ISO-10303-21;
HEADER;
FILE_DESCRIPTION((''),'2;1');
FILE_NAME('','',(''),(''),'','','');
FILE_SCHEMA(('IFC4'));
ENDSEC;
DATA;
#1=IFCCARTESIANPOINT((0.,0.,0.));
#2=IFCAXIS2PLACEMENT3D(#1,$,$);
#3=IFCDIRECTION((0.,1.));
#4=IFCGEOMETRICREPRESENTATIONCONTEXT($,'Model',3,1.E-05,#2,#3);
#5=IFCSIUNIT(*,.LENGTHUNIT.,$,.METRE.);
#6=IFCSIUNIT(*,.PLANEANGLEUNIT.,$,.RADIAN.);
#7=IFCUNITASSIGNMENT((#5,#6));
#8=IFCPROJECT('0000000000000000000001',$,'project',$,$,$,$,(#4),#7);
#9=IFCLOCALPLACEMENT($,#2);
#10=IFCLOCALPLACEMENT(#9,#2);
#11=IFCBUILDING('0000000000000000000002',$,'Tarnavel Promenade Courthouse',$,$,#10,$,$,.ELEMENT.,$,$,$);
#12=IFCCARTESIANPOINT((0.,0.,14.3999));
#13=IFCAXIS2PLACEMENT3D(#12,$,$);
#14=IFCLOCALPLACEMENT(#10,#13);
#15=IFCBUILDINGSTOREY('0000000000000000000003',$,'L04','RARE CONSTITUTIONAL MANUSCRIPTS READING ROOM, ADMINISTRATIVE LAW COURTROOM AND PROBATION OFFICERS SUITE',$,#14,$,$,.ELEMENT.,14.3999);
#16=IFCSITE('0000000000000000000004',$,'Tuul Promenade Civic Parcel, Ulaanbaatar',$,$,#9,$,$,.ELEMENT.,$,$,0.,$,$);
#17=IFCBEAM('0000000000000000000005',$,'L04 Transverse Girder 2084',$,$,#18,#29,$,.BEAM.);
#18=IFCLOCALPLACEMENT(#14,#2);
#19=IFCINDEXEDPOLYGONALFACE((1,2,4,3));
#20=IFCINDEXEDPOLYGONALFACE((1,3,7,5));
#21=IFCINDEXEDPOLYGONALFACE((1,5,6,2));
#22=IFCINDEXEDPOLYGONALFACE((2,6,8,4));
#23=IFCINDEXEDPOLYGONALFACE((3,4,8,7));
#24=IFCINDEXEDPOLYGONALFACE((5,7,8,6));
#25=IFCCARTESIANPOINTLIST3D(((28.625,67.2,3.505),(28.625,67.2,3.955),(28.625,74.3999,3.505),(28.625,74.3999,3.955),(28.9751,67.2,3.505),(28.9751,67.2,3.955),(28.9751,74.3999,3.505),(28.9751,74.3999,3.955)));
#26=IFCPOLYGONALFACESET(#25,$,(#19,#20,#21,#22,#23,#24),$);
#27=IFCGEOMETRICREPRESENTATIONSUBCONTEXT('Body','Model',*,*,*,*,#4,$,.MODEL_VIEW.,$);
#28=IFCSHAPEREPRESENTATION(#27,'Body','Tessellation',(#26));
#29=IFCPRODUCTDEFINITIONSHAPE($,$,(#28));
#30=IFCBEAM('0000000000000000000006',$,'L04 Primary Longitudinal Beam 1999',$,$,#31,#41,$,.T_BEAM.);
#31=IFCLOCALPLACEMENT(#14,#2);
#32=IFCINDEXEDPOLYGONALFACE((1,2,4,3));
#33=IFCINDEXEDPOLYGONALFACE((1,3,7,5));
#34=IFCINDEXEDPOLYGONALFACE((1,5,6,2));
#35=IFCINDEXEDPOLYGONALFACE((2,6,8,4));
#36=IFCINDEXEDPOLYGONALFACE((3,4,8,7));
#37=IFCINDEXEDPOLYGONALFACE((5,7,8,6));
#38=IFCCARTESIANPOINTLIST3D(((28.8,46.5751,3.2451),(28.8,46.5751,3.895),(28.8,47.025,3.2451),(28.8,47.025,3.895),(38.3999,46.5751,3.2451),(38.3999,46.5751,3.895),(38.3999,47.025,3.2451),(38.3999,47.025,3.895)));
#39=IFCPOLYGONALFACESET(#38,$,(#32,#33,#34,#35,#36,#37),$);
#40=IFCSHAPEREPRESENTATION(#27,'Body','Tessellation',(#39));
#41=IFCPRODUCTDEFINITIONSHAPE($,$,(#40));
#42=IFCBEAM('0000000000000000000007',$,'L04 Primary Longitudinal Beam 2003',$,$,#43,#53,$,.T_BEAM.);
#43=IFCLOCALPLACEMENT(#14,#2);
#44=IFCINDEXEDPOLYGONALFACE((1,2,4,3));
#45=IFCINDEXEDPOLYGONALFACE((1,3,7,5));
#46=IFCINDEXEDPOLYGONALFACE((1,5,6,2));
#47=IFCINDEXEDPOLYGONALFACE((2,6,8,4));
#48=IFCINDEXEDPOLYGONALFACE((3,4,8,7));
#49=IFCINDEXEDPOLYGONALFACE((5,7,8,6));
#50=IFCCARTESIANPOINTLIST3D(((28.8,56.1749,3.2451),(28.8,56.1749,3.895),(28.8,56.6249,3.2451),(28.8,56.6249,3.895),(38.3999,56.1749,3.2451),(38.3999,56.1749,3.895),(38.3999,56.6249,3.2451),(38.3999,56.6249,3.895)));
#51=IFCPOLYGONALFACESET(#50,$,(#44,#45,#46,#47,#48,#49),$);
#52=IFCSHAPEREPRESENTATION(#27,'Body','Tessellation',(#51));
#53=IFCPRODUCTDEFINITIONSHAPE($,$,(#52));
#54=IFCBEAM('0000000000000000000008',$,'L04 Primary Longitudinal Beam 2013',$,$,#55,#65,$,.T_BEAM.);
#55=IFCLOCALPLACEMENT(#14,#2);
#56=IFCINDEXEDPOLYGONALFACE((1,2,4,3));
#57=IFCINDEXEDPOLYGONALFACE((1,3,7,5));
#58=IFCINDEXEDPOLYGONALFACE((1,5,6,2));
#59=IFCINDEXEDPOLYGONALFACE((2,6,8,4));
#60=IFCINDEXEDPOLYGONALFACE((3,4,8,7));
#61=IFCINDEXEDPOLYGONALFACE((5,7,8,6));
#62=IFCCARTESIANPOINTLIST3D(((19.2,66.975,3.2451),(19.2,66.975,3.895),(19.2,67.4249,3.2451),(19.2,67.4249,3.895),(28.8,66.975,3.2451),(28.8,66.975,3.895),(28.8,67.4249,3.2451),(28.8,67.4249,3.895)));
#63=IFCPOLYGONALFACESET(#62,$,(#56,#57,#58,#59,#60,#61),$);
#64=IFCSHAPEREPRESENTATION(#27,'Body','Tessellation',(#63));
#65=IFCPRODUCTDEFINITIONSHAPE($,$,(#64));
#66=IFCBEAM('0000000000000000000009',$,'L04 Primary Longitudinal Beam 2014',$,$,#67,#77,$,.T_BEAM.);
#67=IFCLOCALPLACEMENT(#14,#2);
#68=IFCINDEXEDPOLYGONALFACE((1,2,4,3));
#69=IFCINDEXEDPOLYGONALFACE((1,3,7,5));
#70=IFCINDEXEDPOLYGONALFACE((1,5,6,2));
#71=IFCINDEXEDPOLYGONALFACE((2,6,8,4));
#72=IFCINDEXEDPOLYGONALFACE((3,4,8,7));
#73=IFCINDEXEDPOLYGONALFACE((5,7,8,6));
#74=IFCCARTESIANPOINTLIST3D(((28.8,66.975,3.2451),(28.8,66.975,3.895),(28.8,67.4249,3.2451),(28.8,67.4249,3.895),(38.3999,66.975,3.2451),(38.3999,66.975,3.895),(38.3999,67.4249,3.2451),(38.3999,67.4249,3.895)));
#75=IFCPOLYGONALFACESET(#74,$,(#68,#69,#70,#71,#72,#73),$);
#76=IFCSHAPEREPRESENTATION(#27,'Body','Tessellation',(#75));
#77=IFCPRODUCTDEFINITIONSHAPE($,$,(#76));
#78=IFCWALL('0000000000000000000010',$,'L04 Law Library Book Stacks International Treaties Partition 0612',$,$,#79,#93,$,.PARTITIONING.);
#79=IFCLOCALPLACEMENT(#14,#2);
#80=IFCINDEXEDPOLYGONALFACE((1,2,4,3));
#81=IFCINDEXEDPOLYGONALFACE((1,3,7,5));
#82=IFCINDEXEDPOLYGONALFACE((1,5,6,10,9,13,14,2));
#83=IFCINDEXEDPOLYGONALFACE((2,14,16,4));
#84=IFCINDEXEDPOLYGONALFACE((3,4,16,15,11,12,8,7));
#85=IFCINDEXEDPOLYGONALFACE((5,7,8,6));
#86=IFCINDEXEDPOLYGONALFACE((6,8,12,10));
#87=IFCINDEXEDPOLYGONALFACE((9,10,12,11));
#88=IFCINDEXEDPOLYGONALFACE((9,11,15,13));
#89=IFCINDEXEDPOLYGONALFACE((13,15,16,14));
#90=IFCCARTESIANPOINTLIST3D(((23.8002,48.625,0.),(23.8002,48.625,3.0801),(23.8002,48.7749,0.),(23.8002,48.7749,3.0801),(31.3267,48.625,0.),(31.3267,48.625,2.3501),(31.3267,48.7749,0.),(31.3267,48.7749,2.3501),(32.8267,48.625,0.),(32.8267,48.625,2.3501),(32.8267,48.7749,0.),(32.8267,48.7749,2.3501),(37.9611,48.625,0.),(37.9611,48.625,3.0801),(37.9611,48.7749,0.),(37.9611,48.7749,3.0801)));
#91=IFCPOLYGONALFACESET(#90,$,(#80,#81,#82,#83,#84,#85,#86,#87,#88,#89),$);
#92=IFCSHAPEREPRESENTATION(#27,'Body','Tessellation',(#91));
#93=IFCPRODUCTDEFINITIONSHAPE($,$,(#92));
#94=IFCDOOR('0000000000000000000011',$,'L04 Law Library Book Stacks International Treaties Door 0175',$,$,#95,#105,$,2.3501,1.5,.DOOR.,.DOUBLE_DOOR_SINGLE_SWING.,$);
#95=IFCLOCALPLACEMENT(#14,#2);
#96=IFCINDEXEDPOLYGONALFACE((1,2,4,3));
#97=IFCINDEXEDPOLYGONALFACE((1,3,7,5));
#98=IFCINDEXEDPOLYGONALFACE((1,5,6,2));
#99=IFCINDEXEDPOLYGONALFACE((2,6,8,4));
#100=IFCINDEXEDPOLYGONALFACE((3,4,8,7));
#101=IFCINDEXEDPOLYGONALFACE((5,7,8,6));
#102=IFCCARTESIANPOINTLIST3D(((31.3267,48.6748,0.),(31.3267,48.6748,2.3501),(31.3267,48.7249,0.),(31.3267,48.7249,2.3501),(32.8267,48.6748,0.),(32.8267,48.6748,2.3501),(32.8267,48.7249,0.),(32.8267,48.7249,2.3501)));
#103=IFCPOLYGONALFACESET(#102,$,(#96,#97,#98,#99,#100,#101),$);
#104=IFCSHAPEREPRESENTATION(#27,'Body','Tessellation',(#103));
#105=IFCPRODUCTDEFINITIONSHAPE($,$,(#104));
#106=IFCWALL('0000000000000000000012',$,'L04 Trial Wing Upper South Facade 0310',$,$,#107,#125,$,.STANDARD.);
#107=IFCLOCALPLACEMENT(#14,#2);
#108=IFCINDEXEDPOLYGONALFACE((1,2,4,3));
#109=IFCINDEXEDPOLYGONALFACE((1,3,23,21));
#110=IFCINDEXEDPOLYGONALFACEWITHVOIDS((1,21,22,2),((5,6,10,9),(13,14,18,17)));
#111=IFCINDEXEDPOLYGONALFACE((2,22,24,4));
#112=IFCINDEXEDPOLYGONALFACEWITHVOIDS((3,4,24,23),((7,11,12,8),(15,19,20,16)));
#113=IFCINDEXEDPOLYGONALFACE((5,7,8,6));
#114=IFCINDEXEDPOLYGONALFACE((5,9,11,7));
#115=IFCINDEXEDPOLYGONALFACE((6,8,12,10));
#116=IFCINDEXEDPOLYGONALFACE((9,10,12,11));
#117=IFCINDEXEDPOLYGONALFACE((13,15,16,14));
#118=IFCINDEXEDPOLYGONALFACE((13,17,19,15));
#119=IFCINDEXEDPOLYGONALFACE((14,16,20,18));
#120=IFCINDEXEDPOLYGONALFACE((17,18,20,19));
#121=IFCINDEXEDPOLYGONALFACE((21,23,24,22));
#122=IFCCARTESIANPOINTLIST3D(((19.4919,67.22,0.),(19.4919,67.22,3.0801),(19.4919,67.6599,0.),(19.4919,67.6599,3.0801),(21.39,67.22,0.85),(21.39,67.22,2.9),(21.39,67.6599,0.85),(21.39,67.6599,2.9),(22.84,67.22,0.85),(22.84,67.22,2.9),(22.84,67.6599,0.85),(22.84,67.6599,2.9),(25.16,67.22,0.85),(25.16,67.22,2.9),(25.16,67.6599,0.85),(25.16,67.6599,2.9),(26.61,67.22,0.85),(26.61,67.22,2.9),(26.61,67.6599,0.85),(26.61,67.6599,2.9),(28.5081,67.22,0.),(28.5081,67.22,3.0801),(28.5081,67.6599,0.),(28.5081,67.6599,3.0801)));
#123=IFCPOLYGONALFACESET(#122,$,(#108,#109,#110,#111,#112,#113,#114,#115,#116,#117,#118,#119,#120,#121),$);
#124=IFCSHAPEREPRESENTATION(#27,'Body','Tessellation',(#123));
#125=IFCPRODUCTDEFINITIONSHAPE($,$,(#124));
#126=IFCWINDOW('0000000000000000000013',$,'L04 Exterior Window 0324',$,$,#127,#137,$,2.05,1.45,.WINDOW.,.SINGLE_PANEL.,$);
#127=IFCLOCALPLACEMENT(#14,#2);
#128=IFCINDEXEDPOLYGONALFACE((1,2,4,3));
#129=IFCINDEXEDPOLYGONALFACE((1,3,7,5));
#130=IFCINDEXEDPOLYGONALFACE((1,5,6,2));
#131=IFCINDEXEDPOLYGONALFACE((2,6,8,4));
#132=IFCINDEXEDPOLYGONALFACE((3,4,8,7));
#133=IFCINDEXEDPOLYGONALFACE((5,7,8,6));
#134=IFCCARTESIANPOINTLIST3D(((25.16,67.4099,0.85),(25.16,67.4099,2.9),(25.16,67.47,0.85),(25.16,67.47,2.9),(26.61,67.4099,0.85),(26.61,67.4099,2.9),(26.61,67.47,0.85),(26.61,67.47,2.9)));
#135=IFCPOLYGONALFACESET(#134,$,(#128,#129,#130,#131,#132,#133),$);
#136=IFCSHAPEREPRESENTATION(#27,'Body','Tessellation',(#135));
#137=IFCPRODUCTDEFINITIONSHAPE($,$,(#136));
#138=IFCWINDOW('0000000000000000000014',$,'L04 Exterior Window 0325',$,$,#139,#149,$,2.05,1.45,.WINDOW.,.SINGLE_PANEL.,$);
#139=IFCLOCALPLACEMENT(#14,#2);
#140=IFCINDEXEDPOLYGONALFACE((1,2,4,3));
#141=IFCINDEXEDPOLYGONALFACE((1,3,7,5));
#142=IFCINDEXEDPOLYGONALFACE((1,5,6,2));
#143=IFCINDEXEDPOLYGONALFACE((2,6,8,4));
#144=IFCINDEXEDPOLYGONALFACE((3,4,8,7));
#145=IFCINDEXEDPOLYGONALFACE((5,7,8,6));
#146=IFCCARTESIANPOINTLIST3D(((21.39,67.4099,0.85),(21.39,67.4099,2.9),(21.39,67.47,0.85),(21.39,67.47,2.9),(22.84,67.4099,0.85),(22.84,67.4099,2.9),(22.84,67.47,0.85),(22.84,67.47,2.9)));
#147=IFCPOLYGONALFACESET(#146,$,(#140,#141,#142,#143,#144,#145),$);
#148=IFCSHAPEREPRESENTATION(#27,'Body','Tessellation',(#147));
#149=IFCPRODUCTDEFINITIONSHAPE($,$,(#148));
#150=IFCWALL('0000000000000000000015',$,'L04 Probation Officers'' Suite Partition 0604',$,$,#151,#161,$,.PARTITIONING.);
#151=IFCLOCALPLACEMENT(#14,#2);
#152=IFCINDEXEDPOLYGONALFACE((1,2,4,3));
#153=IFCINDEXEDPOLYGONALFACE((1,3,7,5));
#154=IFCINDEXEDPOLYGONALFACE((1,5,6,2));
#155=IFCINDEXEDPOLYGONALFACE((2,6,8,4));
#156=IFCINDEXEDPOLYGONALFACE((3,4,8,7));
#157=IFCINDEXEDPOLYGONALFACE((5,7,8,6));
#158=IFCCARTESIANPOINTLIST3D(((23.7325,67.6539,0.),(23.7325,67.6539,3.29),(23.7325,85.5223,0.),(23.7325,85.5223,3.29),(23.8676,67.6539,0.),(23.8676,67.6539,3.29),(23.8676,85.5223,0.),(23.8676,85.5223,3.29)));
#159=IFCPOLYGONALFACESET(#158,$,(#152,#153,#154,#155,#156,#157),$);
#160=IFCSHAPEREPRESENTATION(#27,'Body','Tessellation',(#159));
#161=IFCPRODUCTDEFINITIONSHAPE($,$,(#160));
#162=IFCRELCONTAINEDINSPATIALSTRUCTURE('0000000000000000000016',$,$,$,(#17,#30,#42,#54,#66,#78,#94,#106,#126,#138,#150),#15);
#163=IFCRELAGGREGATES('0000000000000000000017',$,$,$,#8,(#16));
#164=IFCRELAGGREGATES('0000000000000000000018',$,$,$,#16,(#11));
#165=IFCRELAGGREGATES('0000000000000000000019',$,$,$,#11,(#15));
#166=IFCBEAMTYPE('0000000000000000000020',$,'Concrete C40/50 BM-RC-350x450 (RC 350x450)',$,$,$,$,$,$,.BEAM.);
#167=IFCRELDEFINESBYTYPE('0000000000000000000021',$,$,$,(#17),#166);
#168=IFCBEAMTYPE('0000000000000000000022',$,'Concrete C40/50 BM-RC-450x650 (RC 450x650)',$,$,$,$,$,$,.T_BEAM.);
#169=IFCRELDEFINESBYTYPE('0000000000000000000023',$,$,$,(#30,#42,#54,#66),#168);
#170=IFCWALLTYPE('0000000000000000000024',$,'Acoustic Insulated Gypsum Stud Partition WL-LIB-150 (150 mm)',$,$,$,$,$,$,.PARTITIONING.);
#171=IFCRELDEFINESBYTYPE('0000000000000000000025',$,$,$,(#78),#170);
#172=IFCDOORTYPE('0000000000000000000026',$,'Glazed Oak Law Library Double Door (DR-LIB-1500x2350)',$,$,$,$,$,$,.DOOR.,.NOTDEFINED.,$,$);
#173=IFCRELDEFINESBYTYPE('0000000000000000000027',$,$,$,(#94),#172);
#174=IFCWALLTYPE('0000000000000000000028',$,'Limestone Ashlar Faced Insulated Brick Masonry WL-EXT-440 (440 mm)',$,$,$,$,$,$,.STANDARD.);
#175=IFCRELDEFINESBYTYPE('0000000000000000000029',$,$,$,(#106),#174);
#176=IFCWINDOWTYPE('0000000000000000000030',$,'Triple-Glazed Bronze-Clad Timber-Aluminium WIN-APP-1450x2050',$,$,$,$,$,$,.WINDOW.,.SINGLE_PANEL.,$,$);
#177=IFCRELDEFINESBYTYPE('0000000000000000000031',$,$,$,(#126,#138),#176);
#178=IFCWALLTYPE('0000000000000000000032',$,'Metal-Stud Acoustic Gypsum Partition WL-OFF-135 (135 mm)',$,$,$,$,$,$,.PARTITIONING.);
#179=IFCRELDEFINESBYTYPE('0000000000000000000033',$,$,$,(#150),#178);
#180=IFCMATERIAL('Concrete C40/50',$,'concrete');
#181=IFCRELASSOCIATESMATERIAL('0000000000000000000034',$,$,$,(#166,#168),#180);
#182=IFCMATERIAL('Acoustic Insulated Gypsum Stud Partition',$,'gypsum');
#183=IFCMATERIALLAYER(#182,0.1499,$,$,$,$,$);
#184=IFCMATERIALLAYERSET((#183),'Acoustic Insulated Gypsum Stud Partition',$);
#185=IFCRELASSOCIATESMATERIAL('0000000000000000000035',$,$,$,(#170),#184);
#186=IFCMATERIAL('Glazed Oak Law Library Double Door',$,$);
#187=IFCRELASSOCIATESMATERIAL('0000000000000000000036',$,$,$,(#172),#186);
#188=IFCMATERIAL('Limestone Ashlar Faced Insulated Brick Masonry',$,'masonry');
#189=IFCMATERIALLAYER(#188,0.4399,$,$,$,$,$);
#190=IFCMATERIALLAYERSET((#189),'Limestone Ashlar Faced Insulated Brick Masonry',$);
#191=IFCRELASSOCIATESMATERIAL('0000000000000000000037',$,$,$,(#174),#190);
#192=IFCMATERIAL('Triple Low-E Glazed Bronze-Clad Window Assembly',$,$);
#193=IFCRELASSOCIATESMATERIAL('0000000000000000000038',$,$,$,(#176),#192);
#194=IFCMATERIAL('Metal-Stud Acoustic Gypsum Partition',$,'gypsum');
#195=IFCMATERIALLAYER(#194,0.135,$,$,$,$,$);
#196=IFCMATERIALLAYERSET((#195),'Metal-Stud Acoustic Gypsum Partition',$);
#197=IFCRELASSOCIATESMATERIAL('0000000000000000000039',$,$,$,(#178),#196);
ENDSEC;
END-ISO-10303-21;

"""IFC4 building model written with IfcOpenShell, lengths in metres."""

from ifc_helpers import new_model, si_unit, direction, frame, frame_2d, origin, origin_2d, place, context, subcontext, project, spatial, rectangle, extrude, material, layer, layer_set, material_profile, profile_set, type_object, element, fill, save


model = new_model("IFC4")

# Units and contexts
model_context = context("Model", 3, precision=1e-05, world=origin(), true_north=direction((0.0, 1.0)))
body_context = subcontext(model_context, "Body", "Model", "MODEL_VIEW")
ifc_project = project(units=[si_unit("LENGTHUNIT", "METRE"), si_unit("PLANEANGLEUNIT", "RADIAN")], contexts=[model_context])

# Site, building, storey
site_placement = place(None, origin())
site = spatial("IfcSite", under=ifc_project, at=site_placement, Name="Tuul Promenade Civic Parcel, Ulaanbaatar", CompositionType="ELEMENT", RefElevation=0.0)
building_placement = place(site_placement, origin())
building = spatial("IfcBuilding", under=site, at=building_placement, Name="Tarnavel Promenade Courthouse", CompositionType="ELEMENT")
storey_placement = place(building_placement, frame((0.0, 0.0, 14.3999)))
storey = spatial("IfcBuildingStorey", under=building, at=storey_placement, Name="L04", Description="RARE CONSTITUTIONAL MANUSCRIPTS READING ROOM, ADMINISTRATIVE LAW COURTROOM AND PROBATION OFFICERS SUITE", CompositionType="ELEMENT", Elevation=14.3999)

# Shared definitions
ifc_material_1 = material(Name="Concrete C40/50", Category="concrete")

# Beams
ifc_material_profile_1 = material_profile(ifc_material_1, rectangle(XDim=0.3501, YDim=0.45, at=origin_2d()), Name="RC 350x450")
ifc_profile_set_1 = profile_set([ifc_material_profile_1], Name="Concrete C40/50")
beam_type_1 = type_object("IfcBeamType", Name="Concrete C40/50 BM-RC-350x450 (RC 350x450)", PredefinedType="BEAM", material=ifc_profile_set_1)
for number, where, z_axis, x_axis, name in (
    (1, (28.8, 67.2, 3.73), (0.0, 1.0, 0.0), (-1.0, 0.0, 0.0), "L04 Transverse Girder 2084"),
):
    element("IfcBeam", number, at=place(storey_placement, frame(where, z_axis=z_axis, x_axis=x_axis)), inside=storey, type_object=beam_type_1, Name=name, PredefinedType="BEAM", context=body_context, shape_type="SweptSolid", body=[
        extrude(rectangle(XDim=0.3501, YDim=0.45, at=origin_2d()), origin(), (0.0, 0.0, 1.0), 7.2),
    ])
ifc_material_profile_2 = material_profile(ifc_material_1, rectangle(XDim=0.45, YDim=0.6499, at=origin_2d()), Name="RC 450x650")
ifc_profile_set_2 = profile_set([ifc_material_profile_2], Name="Concrete C40/50")
beam_type_2 = type_object("IfcBeamType", Name="Concrete C40/50 BM-RC-450x650 (RC 450x650)", PredefinedType="T_BEAM", material=ifc_profile_set_2)
for number, where, z_axis, x_axis, name in (
    (2, (28.8, 46.8, 3.5701), (1.0, 0.0, 0.0), (0.0, 1.0, 0.0), "L04 Primary Longitudinal Beam 1999"),
    (3, (28.8, 56.3999, 3.5701), (1.0, 0.0, 0.0), (0.0, 1.0, 0.0), "L04 Primary Longitudinal Beam 2003"),
):
    element("IfcBeam", number, at=place(storey_placement, frame(where, z_axis=z_axis, x_axis=x_axis)), inside=storey, type_object=beam_type_2, Name=name, PredefinedType="T_BEAM", context=body_context, shape_type="SweptSolid", body=[
        extrude(rectangle(XDim=0.45, YDim=0.6499, at=origin_2d()), origin(), (0.0, 0.0, 1.0), 9.5999),
    ])
beam_1_placement = place(storey_placement, frame((19.2, 67.2, 3.5701), z_axis=(1.0, 0.0, 0.0), x_axis=(0.0, 1.0, 0.0)))
element("IfcBeam", 4, at=beam_1_placement, inside=storey, type_object=beam_type_2, Name="L04 Primary Longitudinal Beam 2013", PredefinedType="T_BEAM", context=body_context, shape_type="SweptSolid", body=[
    extrude(rectangle(XDim=0.45, YDim=0.6499, at=origin_2d()), origin(), (0.0, 0.0, 1.0), 9.6001),
])
beam_2_placement = place(storey_placement, frame((28.8, 67.2, 3.5701), z_axis=(1.0, 0.0, 0.0), x_axis=(0.0, 1.0, 0.0)))
element("IfcBeam", 5, at=beam_2_placement, inside=storey, type_object=beam_type_2, Name="L04 Primary Longitudinal Beam 2014", PredefinedType="T_BEAM", context=body_context, shape_type="SweptSolid", body=[
    extrude(rectangle(XDim=0.45, YDim=0.6499, at=origin_2d()), origin(), (0.0, 0.0, 1.0), 9.5999),
])

# Wall, opening, door
ifc_material_2 = material(Name="Acoustic Insulated Gypsum Stud Partition", Category="gypsum")
ifc_layer_1 = layer(ifc_material_2, 0.1499)
ifc_layer_set_1 = layer_set([ifc_layer_1], Name="Acoustic Insulated Gypsum Stud Partition")
wall_type_1 = type_object("IfcWallType", Name="Acoustic Insulated Gypsum Stud Partition WL-LIB-150 (150 mm)", PredefinedType="PARTITIONING", material=ifc_layer_set_1)
wall_1_placement = place(storey_placement, frame((23.8, 48.7, 0.0), z_axis=(0.0, 0.0, 1.0), x_axis=(1.0, 0.0, 0.0)))
wall_1 = element("IfcWall", 6, at=wall_1_placement, inside=storey, type_object=wall_type_1, Name="L04 Law Library Book Stacks International Treaties Partition 0612", PredefinedType="PARTITIONING", context=body_context, shape_type="SweptSolid", body=[
    extrude(rectangle(XDim=14.1609, YDim=0.1499, at=frame_2d((7.0806, 0.0))), origin(), (0.0, 0.0, 1.0), 3.0801),
])
opening_1_placement = place(wall_1_placement, frame((7.5266, 0.0, 0.0)))
opening_1 = element("IfcOpeningElement", 7, at=opening_1_placement, cuts=wall_1, PredefinedType="OPENING", context=body_context, shape_type="SweptSolid", body=[
    extrude(rectangle(XDim=1.5, YDim=2.3501, at=frame_2d((0.75, 1.175))), frame((0.0, 0.085, 0.0), z_axis=(0.0, -1.0, 0.0), x_axis=(1.0, 0.0, 0.0)), (0.0, 0.0, 1.0), 0.1699),
])
ifc_material_3 = material(Name="Glazed Oak Law Library Double Door")
door_type = type_object("IfcDoorType", Name="Glazed Oak Law Library Double Door (DR-LIB-1500x2350)", OperationType="NOTDEFINED", PredefinedType="DOOR", material=ifc_material_3)
door_placement = place(opening_1_placement, origin())
door = element("IfcDoor", 8, at=door_placement, inside=storey, type_object=door_type, Name="L04 Law Library Book Stacks International Treaties Door 0175", OperationType="DOUBLE_DOOR_SINGLE_SWING", OverallHeight=2.3501, OverallWidth=1.5, PredefinedType="DOOR", context=body_context, shape_type="SweptSolid", body=[
    extrude(rectangle(XDim=1.5, YDim=2.3501, at=frame_2d((0.75, 1.175))), frame((0.0, 0.0249, 0.0), z_axis=(0.0, -1.0, 0.0), x_axis=(1.0, 0.0, 0.0)), (0.0, 0.0, 1.0), 0.05),
])
fill(opening_1, door)

# Wall, openings, windows
ifc_material_4 = material(Name="Limestone Ashlar Faced Insulated Brick Masonry", Category="masonry")
ifc_layer_2 = layer(ifc_material_4, 0.4399)
ifc_layer_set_2 = layer_set([ifc_layer_2], Name="Limestone Ashlar Faced Insulated Brick Masonry")
wall_type_2 = type_object("IfcWallType", Name="Limestone Ashlar Faced Insulated Brick Masonry WL-EXT-440 (440 mm)", PredefinedType="STANDARD", material=ifc_layer_set_2)
wall_2_placement = place(storey_placement, frame((28.5081, 67.4399, 0.0), z_axis=(0.0, 0.0, 1.0), x_axis=(-1.0, 0.0, 0.0)))
wall_2 = element("IfcWall", 9, at=wall_2_placement, inside=storey, type_object=wall_type_2, Name="L04 Trial Wing Upper South Facade 0310", PredefinedType="STANDARD", context=body_context, shape_type="SweptSolid", body=[
    extrude(rectangle(XDim=9.0161, YDim=0.4399, at=frame_2d((4.5081, 0.0))), origin(), (0.0, 0.0, 1.0), 3.0801),
])
opening_2_placement = place(wall_2_placement, frame((1.8979, 0.0, 0.8501)))
opening_2 = element("IfcOpeningElement", 10, at=opening_2_placement, cuts=wall_2, PredefinedType="OPENING", context=body_context, shape_type="SweptSolid", body=[
    extrude(rectangle(XDim=1.45, YDim=2.05, at=frame_2d((0.7251, 1.0249))), frame((0.0, 0.23, 0.0), z_axis=(0.0, -1.0, 0.0), x_axis=(1.0, 0.0, 0.0)), (0.0, 0.0, 1.0), 0.46),
])
opening_3_placement = place(wall_2_placement, frame((5.668, 0.0, 0.8501)))
opening_3 = element("IfcOpeningElement", 11, at=opening_3_placement, cuts=wall_2, PredefinedType="OPENING", context=body_context, shape_type="SweptSolid", body=[
    extrude(rectangle(XDim=1.45, YDim=2.05, at=frame_2d((0.7251, 1.0249))), frame((0.0, 0.23, 0.0), z_axis=(0.0, -1.0, 0.0), x_axis=(1.0, 0.0, 0.0)), (0.0, 0.0, 1.0), 0.46),
])
ifc_material_5 = material(Name="Triple Low-E Glazed Bronze-Clad Window Assembly")
window_type = type_object("IfcWindowType", Name="Triple-Glazed Bronze-Clad Timber-Aluminium WIN-APP-1450x2050", PartitioningType="SINGLE_PANEL", PredefinedType="WINDOW", material=ifc_material_5)
window_1_placement = place(opening_2_placement, origin())
window_1 = element("IfcWindow", 12, at=window_1_placement, inside=storey, type_object=window_type, Name="L04 Exterior Window 0324", OverallHeight=2.05, OverallWidth=1.45, PartitioningType="SINGLE_PANEL", PredefinedType="WINDOW", context=body_context, shape_type="SweptSolid", body=[
    extrude(rectangle(XDim=1.45, YDim=2.05, at=frame_2d((0.7251, 1.0249))), frame((0.0, 0.03, 0.0), z_axis=(0.0, -1.0, 0.0), x_axis=(1.0, 0.0, 0.0)), (0.0, 0.0, 1.0), 0.0601),
])
fill(opening_2, window_1)
window_2_placement = place(opening_3_placement, origin())
window_2 = element("IfcWindow", 13, at=window_2_placement, inside=storey, type_object=window_type, Name="L04 Exterior Window 0325", OverallHeight=2.05, OverallWidth=1.45, PartitioningType="SINGLE_PANEL", PredefinedType="WINDOW", context=body_context, shape_type="SweptSolid", body=[
    extrude(rectangle(XDim=1.45, YDim=2.05, at=frame_2d((0.7251, 1.0249))), frame((0.0, 0.03, 0.0), z_axis=(0.0, -1.0, 0.0), x_axis=(1.0, 0.0, 0.0)), (0.0, 0.0, 1.0), 0.0601),
])
fill(opening_3, window_2)

# Wall
ifc_material_6 = material(Name="Metal-Stud Acoustic Gypsum Partition", Category="gypsum")
ifc_layer_3 = layer(ifc_material_6, 0.135)
ifc_layer_set_3 = layer_set([ifc_layer_3], Name="Metal-Stud Acoustic Gypsum Partition")
wall_type_3 = type_object("IfcWallType", Name="Metal-Stud Acoustic Gypsum Partition WL-OFF-135 (135 mm)", PredefinedType="PARTITIONING", material=ifc_layer_set_3)
wall_3_placement = place(storey_placement, frame((23.8, 67.6541, 0.0), z_axis=(0.0, 0.0, 1.0), x_axis=(0.0, 1.0, 0.0)))
element("IfcWall", 14, at=wall_3_placement, inside=storey, type_object=wall_type_3, Name="L04 Probation Officers' Suite Partition 0604", PredefinedType="PARTITIONING", context=body_context, shape_type="SweptSolid", body=[
    extrude(rectangle(XDim=17.8684, YDim=0.135, at=frame_2d((8.9341, 0.0))), origin(), (0.0, 0.0, 1.0), 3.29),
])

save(model, "model.ifc")
